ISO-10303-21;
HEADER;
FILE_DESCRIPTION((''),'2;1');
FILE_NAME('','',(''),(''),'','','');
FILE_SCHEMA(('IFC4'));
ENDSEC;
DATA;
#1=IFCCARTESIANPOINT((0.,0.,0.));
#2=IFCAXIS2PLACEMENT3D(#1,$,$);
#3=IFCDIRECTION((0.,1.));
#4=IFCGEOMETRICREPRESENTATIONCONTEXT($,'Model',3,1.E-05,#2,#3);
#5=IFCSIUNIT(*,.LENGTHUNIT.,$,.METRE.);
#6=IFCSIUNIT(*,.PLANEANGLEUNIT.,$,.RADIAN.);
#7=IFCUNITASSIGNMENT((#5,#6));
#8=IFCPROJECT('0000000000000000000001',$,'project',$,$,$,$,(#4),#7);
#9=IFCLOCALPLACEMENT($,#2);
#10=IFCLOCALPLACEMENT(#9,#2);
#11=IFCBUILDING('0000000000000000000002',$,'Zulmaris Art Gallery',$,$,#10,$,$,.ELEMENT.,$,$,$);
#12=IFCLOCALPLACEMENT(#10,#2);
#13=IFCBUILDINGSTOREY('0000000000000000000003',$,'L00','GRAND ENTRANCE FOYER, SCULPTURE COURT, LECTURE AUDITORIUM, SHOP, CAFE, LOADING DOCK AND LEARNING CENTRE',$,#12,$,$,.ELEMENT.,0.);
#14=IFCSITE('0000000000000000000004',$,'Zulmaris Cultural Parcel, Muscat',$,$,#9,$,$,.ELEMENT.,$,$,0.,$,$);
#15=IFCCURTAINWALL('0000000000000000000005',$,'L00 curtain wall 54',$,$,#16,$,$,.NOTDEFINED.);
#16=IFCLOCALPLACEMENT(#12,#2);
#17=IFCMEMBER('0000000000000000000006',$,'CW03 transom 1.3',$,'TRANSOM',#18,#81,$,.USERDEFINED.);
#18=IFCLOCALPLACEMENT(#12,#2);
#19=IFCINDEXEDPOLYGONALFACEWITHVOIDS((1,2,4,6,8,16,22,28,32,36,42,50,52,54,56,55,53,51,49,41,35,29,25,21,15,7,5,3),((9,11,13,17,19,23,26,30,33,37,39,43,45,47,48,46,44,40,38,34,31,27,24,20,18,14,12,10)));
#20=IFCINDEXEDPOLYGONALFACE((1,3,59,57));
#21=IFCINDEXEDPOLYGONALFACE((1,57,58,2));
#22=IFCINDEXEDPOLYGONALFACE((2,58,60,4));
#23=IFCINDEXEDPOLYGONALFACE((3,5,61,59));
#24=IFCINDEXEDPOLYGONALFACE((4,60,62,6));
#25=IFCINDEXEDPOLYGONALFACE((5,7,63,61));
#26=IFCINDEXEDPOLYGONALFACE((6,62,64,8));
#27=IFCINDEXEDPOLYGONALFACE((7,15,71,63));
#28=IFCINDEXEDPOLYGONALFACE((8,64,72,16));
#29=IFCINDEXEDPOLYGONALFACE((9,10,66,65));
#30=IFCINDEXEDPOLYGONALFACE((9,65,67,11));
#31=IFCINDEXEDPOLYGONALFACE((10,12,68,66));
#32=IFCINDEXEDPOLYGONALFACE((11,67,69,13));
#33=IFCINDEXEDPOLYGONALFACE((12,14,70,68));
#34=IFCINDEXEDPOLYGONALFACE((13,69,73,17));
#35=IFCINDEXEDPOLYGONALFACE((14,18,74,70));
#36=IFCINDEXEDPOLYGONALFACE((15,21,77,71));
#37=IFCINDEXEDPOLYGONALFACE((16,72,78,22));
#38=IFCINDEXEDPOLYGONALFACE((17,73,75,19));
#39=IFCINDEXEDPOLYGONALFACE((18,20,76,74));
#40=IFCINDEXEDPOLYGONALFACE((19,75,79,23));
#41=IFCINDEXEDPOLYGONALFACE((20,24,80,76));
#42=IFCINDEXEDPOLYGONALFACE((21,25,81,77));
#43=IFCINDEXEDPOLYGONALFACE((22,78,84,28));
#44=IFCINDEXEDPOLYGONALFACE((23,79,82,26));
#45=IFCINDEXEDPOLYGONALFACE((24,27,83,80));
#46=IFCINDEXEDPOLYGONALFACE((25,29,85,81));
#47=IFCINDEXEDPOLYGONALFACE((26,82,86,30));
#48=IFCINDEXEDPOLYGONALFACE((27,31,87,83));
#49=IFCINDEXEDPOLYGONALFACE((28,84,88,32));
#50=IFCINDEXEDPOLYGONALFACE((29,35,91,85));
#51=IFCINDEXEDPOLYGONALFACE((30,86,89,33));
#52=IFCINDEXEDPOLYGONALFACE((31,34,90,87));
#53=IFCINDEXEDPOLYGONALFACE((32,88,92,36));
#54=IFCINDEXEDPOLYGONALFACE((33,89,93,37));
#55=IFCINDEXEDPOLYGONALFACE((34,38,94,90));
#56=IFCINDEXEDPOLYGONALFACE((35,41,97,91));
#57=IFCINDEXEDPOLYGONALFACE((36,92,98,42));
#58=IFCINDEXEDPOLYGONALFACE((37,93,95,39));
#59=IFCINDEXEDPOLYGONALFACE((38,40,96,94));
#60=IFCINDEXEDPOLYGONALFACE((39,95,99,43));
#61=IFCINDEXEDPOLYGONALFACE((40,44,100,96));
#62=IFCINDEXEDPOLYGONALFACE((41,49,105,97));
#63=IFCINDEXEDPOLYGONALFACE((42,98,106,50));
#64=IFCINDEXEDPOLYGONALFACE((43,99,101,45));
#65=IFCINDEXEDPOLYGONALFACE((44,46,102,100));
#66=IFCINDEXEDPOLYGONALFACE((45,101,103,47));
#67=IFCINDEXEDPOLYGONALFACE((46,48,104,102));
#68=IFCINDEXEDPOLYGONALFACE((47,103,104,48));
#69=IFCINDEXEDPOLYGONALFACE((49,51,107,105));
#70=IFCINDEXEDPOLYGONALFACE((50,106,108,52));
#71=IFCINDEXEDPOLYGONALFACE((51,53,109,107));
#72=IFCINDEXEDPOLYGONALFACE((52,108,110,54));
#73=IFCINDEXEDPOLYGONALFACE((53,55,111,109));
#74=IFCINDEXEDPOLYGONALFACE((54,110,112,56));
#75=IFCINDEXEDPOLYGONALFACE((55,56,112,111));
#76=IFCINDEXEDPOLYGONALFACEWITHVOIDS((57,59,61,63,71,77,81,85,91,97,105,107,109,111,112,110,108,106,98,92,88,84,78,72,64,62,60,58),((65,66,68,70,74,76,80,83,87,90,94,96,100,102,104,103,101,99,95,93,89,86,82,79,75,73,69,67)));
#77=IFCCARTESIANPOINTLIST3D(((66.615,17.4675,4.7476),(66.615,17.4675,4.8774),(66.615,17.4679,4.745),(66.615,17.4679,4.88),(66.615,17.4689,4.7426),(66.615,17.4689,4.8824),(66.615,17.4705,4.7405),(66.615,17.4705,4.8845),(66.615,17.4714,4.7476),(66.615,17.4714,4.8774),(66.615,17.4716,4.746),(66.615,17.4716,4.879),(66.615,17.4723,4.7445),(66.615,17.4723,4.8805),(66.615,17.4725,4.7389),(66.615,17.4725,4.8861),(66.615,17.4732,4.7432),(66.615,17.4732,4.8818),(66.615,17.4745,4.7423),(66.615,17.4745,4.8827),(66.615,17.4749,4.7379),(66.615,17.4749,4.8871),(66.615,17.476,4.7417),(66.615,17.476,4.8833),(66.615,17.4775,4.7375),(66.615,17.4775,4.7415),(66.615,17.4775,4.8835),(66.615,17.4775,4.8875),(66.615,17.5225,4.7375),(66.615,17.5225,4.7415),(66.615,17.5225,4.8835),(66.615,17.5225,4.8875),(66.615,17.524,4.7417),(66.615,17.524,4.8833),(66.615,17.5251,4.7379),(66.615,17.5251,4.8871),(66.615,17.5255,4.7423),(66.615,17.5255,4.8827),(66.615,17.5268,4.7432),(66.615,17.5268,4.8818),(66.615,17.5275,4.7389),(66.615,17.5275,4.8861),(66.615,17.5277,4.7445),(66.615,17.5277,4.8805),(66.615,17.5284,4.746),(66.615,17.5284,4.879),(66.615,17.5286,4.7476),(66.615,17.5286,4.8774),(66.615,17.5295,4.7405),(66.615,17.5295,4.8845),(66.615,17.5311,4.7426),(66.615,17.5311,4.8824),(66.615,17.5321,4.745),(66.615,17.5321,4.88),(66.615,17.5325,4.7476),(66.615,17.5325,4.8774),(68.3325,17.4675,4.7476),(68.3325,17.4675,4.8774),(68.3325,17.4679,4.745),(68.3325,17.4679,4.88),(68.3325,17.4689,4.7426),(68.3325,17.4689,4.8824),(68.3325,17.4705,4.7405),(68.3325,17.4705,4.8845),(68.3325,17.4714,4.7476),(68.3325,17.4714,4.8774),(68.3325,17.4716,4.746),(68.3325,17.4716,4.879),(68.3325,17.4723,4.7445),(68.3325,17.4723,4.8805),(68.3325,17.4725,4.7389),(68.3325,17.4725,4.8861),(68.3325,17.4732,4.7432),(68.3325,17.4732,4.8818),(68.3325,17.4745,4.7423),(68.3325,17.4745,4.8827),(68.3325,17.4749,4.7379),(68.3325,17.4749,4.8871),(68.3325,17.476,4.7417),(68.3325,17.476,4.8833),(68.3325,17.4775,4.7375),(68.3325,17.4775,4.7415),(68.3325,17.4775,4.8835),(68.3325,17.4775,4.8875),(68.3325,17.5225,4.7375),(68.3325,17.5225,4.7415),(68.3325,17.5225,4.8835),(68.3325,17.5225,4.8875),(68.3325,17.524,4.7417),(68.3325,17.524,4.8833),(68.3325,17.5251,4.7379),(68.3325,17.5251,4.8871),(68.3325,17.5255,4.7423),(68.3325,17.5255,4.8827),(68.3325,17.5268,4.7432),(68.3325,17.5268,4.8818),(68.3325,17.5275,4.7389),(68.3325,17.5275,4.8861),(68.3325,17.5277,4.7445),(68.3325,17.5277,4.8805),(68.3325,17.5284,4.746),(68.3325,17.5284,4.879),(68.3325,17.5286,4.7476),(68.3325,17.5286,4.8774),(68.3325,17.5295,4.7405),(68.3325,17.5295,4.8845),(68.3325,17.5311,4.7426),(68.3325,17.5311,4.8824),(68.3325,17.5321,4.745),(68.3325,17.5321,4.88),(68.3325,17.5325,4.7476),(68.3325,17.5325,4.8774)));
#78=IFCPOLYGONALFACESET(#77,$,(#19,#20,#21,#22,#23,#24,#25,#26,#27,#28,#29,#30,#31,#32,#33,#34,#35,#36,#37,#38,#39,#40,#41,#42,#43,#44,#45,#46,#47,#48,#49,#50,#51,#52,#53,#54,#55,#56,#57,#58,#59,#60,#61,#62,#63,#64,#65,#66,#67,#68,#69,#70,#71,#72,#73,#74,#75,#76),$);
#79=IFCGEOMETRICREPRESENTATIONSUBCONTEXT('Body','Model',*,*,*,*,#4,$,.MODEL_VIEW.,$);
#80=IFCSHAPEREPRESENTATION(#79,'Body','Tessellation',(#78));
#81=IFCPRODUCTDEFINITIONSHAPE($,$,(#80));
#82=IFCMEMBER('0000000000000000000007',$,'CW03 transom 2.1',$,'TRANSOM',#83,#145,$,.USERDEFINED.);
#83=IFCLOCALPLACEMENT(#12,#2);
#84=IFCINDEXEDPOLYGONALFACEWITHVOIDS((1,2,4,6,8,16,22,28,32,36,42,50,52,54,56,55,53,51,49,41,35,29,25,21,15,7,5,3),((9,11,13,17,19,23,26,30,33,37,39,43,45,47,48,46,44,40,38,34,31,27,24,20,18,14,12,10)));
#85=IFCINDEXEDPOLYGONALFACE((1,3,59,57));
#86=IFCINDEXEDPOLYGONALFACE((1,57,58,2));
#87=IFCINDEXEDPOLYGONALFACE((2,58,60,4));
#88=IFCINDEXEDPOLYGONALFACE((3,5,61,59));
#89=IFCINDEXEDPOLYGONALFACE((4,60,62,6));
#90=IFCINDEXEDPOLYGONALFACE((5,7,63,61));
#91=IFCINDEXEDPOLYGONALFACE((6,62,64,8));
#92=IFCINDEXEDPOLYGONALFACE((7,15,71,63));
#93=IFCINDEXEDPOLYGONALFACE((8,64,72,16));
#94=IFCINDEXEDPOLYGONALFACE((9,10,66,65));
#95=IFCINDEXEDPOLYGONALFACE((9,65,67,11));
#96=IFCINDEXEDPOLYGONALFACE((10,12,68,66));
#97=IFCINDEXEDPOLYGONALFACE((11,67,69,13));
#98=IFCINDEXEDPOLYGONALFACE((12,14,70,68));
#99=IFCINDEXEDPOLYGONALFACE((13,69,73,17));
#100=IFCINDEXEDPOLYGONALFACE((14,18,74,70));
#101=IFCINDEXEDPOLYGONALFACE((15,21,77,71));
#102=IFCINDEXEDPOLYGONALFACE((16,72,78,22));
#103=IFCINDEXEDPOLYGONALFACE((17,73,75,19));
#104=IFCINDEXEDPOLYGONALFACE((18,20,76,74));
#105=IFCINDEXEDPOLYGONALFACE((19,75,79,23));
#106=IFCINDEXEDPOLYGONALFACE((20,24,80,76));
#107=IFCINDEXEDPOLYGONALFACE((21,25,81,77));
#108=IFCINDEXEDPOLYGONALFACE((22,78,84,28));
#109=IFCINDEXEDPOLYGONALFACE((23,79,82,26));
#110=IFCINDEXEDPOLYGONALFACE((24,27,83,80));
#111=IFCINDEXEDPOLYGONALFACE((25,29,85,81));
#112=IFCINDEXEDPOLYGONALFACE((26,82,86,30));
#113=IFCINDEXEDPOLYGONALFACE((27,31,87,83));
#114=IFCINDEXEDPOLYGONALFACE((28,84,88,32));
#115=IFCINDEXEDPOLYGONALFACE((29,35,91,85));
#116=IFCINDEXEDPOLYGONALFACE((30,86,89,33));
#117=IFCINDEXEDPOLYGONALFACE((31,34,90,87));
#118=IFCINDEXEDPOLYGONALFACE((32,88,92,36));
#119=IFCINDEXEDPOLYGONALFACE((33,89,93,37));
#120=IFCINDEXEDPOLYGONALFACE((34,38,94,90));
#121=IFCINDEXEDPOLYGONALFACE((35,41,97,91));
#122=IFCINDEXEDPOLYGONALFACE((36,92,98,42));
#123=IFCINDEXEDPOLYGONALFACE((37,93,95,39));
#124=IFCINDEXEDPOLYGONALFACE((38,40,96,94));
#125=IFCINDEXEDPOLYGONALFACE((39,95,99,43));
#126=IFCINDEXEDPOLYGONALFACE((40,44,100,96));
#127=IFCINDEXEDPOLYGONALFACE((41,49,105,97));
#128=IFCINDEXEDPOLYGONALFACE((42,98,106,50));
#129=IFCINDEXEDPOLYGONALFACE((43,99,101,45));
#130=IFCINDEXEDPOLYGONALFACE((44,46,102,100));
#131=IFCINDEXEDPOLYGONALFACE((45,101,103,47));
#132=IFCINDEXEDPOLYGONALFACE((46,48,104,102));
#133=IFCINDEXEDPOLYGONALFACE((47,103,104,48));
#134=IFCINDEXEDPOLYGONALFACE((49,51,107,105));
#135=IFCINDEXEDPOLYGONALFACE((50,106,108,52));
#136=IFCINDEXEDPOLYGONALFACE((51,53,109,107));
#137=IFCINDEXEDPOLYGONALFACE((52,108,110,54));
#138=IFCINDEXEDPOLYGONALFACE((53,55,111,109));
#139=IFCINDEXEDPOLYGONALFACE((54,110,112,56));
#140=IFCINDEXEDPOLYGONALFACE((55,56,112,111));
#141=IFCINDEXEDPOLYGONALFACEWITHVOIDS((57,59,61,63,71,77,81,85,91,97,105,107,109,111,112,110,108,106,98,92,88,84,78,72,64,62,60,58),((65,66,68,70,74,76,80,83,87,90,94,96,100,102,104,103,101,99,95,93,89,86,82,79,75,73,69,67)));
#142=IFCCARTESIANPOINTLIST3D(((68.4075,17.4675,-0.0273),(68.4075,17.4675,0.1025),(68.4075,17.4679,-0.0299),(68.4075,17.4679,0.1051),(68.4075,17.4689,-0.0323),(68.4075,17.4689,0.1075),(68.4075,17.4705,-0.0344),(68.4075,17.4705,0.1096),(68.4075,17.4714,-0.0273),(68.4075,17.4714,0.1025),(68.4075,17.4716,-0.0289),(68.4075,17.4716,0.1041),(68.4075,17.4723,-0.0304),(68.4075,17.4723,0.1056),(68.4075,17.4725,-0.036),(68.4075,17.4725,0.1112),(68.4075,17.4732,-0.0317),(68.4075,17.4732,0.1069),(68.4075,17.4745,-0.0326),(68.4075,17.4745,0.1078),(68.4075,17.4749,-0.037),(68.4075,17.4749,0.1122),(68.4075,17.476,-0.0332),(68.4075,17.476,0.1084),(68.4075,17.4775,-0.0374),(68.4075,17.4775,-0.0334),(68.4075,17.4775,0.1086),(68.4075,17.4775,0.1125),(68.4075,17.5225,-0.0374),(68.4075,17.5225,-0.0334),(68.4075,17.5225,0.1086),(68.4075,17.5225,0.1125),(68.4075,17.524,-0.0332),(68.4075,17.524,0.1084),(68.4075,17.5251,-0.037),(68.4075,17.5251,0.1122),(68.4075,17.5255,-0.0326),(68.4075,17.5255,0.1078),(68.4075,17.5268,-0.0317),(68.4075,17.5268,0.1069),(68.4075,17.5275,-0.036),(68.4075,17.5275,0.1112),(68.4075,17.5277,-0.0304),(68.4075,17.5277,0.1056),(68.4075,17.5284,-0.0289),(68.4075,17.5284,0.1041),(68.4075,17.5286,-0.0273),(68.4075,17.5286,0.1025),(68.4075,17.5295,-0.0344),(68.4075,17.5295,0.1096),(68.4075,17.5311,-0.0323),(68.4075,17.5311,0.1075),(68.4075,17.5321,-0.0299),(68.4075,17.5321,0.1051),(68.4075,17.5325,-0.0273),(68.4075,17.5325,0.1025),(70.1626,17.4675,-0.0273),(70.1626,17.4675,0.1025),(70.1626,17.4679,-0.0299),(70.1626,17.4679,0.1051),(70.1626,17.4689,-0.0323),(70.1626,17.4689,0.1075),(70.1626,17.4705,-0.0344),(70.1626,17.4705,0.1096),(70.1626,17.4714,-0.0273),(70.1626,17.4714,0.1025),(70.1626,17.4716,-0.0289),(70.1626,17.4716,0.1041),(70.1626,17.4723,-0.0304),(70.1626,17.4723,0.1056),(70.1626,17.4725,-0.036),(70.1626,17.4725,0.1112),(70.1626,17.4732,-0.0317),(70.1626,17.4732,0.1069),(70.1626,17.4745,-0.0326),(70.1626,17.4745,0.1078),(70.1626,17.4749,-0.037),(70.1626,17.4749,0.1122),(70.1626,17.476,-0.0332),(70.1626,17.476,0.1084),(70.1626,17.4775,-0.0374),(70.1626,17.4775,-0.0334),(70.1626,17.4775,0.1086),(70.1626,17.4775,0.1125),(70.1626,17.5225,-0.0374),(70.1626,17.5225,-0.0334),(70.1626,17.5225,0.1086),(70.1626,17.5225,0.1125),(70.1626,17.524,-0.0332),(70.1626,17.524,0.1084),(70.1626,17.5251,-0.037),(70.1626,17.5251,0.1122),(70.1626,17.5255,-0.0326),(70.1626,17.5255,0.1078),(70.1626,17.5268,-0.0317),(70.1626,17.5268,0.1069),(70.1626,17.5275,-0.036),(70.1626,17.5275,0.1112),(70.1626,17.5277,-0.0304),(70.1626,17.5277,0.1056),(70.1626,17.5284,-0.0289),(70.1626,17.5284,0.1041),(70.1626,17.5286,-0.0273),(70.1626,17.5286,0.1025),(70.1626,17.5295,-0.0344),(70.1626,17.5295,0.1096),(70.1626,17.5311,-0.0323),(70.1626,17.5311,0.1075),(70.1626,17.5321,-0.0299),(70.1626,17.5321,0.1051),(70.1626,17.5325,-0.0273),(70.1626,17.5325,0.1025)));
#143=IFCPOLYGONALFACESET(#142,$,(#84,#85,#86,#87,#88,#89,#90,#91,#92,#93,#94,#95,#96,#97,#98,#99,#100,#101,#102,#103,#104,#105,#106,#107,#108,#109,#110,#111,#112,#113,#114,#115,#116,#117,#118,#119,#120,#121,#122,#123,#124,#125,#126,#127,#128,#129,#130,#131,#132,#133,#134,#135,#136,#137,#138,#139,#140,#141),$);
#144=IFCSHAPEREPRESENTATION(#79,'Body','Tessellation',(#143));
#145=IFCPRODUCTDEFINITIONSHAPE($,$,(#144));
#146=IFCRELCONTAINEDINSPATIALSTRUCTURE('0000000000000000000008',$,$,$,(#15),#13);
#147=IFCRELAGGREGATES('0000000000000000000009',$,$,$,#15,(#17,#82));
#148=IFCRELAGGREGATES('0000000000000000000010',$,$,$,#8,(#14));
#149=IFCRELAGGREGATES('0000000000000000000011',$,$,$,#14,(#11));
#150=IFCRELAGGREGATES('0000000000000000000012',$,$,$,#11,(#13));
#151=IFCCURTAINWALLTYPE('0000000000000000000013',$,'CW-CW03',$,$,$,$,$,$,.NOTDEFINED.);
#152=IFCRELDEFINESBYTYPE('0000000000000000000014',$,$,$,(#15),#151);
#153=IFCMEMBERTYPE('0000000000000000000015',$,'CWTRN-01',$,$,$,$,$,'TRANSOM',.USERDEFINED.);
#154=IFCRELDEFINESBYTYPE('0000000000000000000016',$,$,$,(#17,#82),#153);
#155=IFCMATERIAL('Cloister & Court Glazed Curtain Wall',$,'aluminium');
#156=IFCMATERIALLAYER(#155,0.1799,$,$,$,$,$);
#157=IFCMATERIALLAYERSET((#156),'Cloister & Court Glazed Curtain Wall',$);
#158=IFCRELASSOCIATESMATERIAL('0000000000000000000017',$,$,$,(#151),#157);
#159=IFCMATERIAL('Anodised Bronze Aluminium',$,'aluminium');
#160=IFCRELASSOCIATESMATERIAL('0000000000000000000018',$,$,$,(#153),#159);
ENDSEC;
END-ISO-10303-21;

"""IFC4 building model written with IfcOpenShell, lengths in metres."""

from ifc_helpers import new_model, si_unit, direction, frame, origin, origin_2d, place, context, subcontext, project, spatial, hollow_rectangle, extrude, material, layer, layer_set, material_profile, profile_set, type_object, element, aggregate, save


model = new_model("IFC4")

# Units and contexts
model_context = context("Model", 3, precision=1e-05, world=origin(), true_north=direction((0.0, 1.0)))
body_context = subcontext(model_context, "Body", "Model", "MODEL_VIEW")
ifc_project = project(units=[si_unit("LENGTHUNIT", "METRE"), si_unit("PLANEANGLEUNIT", "RADIAN")], contexts=[model_context])

# Site, building, storey
site_placement = place(None, origin())
site = spatial("IfcSite", under=ifc_project, at=site_placement, Name="Zulmaris Cultural Parcel, Muscat", CompositionType="ELEMENT", RefElevation=0.0)
building_placement = place(site_placement, origin())
building = spatial("IfcBuilding", under=site, at=building_placement, Name="Zulmaris Art Gallery", CompositionType="ELEMENT")
storey_placement = place(building_placement, origin())
storey = spatial("IfcBuildingStorey", under=building, at=storey_placement, Name="L00", Description="GRAND ENTRANCE FOYER, SCULPTURE COURT, LECTURE AUDITORIUM, SHOP, CAFE, LOADING DOCK AND LEARNING CENTRE", CompositionType="ELEMENT", Elevation=0.0)

# Curtain wall, members
ifc_material_1 = material(Name="Cloister & Court Glazed Curtain Wall", Category="aluminium")
ifc_layer_1 = layer(ifc_material_1, 0.1799)
ifc_layer_set_1 = layer_set([ifc_layer_1], Name="Cloister & Court Glazed Curtain Wall")
curtain_wall_type = type_object("IfcCurtainWallType", Name="CW-CW03", PredefinedType="NOTDEFINED", material=ifc_layer_set_1)
curtain_wall_placement = place(storey_placement, origin())
curtain_wall = element("IfcCurtainWall", 1, at=curtain_wall_placement, inside=storey, type_object=curtain_wall_type, Name="L00 curtain wall 54", PredefinedType="NOTDEFINED")
ifc_material_2 = material(Name="Anodised Bronze Aluminium", Category="aluminium")
ifc_material_profile_1 = material_profile(ifc_material_2, hollow_rectangle(XDim=0.0649, YDim=0.1499, WallThickness=0.0039, InnerFilletRadius=0.0061, OuterFilletRadius=0.01, at=origin_2d()), Name="ALU 65x150x4")
ifc_profile_set_1 = profile_set([ifc_material_profile_1], Name="Anodised Bronze Aluminium")
member_type_1 = type_object("IfcMemberType", Name="CWTRN-01", ElementType="TRANSOM", PredefinedType="USERDEFINED", material=ifc_profile_set_1)
member_1_placement = place(storey_placement, frame((66.615, 17.5, 4.8125), z_axis=(1.0, 0.0, 0.0), x_axis=(0.0, 1.0, 0.0)))
member_1 = element("IfcMember", 2, at=member_1_placement, type_object=member_type_1, Name="CW03 transom 1.3", ObjectType="TRANSOM", PredefinedType="USERDEFINED", context=body_context, shape_type="SweptSolid", body=[
    extrude(hollow_rectangle(XDim=0.0649, YDim=0.1499, WallThickness=0.0039, InnerFilletRadius=0.0061, OuterFilletRadius=0.01, at=origin_2d()), origin(), (0.0, 0.0, 1.0), 1.7175),
])
member_2_placement = place(storey_placement, frame((68.4075, 17.5, 0.0376), z_axis=(1.0, 0.0, 0.0), x_axis=(0.0, 1.0, 0.0)))
member_2 = element("IfcMember", 3, at=member_2_placement, type_object=member_type_1, Name="CW03 transom 2.1", ObjectType="TRANSOM", PredefinedType="USERDEFINED", context=body_context, shape_type="SweptSolid", body=[
    extrude(hollow_rectangle(XDim=0.0649, YDim=0.1499, WallThickness=0.0039, InnerFilletRadius=0.0061, OuterFilletRadius=0.01, at=origin_2d()), origin(), (0.0, 0.0, 1.0), 1.7551),
])
aggregate(curtain_wall, [member_1, member_2])

save(model, "model.ifc")
